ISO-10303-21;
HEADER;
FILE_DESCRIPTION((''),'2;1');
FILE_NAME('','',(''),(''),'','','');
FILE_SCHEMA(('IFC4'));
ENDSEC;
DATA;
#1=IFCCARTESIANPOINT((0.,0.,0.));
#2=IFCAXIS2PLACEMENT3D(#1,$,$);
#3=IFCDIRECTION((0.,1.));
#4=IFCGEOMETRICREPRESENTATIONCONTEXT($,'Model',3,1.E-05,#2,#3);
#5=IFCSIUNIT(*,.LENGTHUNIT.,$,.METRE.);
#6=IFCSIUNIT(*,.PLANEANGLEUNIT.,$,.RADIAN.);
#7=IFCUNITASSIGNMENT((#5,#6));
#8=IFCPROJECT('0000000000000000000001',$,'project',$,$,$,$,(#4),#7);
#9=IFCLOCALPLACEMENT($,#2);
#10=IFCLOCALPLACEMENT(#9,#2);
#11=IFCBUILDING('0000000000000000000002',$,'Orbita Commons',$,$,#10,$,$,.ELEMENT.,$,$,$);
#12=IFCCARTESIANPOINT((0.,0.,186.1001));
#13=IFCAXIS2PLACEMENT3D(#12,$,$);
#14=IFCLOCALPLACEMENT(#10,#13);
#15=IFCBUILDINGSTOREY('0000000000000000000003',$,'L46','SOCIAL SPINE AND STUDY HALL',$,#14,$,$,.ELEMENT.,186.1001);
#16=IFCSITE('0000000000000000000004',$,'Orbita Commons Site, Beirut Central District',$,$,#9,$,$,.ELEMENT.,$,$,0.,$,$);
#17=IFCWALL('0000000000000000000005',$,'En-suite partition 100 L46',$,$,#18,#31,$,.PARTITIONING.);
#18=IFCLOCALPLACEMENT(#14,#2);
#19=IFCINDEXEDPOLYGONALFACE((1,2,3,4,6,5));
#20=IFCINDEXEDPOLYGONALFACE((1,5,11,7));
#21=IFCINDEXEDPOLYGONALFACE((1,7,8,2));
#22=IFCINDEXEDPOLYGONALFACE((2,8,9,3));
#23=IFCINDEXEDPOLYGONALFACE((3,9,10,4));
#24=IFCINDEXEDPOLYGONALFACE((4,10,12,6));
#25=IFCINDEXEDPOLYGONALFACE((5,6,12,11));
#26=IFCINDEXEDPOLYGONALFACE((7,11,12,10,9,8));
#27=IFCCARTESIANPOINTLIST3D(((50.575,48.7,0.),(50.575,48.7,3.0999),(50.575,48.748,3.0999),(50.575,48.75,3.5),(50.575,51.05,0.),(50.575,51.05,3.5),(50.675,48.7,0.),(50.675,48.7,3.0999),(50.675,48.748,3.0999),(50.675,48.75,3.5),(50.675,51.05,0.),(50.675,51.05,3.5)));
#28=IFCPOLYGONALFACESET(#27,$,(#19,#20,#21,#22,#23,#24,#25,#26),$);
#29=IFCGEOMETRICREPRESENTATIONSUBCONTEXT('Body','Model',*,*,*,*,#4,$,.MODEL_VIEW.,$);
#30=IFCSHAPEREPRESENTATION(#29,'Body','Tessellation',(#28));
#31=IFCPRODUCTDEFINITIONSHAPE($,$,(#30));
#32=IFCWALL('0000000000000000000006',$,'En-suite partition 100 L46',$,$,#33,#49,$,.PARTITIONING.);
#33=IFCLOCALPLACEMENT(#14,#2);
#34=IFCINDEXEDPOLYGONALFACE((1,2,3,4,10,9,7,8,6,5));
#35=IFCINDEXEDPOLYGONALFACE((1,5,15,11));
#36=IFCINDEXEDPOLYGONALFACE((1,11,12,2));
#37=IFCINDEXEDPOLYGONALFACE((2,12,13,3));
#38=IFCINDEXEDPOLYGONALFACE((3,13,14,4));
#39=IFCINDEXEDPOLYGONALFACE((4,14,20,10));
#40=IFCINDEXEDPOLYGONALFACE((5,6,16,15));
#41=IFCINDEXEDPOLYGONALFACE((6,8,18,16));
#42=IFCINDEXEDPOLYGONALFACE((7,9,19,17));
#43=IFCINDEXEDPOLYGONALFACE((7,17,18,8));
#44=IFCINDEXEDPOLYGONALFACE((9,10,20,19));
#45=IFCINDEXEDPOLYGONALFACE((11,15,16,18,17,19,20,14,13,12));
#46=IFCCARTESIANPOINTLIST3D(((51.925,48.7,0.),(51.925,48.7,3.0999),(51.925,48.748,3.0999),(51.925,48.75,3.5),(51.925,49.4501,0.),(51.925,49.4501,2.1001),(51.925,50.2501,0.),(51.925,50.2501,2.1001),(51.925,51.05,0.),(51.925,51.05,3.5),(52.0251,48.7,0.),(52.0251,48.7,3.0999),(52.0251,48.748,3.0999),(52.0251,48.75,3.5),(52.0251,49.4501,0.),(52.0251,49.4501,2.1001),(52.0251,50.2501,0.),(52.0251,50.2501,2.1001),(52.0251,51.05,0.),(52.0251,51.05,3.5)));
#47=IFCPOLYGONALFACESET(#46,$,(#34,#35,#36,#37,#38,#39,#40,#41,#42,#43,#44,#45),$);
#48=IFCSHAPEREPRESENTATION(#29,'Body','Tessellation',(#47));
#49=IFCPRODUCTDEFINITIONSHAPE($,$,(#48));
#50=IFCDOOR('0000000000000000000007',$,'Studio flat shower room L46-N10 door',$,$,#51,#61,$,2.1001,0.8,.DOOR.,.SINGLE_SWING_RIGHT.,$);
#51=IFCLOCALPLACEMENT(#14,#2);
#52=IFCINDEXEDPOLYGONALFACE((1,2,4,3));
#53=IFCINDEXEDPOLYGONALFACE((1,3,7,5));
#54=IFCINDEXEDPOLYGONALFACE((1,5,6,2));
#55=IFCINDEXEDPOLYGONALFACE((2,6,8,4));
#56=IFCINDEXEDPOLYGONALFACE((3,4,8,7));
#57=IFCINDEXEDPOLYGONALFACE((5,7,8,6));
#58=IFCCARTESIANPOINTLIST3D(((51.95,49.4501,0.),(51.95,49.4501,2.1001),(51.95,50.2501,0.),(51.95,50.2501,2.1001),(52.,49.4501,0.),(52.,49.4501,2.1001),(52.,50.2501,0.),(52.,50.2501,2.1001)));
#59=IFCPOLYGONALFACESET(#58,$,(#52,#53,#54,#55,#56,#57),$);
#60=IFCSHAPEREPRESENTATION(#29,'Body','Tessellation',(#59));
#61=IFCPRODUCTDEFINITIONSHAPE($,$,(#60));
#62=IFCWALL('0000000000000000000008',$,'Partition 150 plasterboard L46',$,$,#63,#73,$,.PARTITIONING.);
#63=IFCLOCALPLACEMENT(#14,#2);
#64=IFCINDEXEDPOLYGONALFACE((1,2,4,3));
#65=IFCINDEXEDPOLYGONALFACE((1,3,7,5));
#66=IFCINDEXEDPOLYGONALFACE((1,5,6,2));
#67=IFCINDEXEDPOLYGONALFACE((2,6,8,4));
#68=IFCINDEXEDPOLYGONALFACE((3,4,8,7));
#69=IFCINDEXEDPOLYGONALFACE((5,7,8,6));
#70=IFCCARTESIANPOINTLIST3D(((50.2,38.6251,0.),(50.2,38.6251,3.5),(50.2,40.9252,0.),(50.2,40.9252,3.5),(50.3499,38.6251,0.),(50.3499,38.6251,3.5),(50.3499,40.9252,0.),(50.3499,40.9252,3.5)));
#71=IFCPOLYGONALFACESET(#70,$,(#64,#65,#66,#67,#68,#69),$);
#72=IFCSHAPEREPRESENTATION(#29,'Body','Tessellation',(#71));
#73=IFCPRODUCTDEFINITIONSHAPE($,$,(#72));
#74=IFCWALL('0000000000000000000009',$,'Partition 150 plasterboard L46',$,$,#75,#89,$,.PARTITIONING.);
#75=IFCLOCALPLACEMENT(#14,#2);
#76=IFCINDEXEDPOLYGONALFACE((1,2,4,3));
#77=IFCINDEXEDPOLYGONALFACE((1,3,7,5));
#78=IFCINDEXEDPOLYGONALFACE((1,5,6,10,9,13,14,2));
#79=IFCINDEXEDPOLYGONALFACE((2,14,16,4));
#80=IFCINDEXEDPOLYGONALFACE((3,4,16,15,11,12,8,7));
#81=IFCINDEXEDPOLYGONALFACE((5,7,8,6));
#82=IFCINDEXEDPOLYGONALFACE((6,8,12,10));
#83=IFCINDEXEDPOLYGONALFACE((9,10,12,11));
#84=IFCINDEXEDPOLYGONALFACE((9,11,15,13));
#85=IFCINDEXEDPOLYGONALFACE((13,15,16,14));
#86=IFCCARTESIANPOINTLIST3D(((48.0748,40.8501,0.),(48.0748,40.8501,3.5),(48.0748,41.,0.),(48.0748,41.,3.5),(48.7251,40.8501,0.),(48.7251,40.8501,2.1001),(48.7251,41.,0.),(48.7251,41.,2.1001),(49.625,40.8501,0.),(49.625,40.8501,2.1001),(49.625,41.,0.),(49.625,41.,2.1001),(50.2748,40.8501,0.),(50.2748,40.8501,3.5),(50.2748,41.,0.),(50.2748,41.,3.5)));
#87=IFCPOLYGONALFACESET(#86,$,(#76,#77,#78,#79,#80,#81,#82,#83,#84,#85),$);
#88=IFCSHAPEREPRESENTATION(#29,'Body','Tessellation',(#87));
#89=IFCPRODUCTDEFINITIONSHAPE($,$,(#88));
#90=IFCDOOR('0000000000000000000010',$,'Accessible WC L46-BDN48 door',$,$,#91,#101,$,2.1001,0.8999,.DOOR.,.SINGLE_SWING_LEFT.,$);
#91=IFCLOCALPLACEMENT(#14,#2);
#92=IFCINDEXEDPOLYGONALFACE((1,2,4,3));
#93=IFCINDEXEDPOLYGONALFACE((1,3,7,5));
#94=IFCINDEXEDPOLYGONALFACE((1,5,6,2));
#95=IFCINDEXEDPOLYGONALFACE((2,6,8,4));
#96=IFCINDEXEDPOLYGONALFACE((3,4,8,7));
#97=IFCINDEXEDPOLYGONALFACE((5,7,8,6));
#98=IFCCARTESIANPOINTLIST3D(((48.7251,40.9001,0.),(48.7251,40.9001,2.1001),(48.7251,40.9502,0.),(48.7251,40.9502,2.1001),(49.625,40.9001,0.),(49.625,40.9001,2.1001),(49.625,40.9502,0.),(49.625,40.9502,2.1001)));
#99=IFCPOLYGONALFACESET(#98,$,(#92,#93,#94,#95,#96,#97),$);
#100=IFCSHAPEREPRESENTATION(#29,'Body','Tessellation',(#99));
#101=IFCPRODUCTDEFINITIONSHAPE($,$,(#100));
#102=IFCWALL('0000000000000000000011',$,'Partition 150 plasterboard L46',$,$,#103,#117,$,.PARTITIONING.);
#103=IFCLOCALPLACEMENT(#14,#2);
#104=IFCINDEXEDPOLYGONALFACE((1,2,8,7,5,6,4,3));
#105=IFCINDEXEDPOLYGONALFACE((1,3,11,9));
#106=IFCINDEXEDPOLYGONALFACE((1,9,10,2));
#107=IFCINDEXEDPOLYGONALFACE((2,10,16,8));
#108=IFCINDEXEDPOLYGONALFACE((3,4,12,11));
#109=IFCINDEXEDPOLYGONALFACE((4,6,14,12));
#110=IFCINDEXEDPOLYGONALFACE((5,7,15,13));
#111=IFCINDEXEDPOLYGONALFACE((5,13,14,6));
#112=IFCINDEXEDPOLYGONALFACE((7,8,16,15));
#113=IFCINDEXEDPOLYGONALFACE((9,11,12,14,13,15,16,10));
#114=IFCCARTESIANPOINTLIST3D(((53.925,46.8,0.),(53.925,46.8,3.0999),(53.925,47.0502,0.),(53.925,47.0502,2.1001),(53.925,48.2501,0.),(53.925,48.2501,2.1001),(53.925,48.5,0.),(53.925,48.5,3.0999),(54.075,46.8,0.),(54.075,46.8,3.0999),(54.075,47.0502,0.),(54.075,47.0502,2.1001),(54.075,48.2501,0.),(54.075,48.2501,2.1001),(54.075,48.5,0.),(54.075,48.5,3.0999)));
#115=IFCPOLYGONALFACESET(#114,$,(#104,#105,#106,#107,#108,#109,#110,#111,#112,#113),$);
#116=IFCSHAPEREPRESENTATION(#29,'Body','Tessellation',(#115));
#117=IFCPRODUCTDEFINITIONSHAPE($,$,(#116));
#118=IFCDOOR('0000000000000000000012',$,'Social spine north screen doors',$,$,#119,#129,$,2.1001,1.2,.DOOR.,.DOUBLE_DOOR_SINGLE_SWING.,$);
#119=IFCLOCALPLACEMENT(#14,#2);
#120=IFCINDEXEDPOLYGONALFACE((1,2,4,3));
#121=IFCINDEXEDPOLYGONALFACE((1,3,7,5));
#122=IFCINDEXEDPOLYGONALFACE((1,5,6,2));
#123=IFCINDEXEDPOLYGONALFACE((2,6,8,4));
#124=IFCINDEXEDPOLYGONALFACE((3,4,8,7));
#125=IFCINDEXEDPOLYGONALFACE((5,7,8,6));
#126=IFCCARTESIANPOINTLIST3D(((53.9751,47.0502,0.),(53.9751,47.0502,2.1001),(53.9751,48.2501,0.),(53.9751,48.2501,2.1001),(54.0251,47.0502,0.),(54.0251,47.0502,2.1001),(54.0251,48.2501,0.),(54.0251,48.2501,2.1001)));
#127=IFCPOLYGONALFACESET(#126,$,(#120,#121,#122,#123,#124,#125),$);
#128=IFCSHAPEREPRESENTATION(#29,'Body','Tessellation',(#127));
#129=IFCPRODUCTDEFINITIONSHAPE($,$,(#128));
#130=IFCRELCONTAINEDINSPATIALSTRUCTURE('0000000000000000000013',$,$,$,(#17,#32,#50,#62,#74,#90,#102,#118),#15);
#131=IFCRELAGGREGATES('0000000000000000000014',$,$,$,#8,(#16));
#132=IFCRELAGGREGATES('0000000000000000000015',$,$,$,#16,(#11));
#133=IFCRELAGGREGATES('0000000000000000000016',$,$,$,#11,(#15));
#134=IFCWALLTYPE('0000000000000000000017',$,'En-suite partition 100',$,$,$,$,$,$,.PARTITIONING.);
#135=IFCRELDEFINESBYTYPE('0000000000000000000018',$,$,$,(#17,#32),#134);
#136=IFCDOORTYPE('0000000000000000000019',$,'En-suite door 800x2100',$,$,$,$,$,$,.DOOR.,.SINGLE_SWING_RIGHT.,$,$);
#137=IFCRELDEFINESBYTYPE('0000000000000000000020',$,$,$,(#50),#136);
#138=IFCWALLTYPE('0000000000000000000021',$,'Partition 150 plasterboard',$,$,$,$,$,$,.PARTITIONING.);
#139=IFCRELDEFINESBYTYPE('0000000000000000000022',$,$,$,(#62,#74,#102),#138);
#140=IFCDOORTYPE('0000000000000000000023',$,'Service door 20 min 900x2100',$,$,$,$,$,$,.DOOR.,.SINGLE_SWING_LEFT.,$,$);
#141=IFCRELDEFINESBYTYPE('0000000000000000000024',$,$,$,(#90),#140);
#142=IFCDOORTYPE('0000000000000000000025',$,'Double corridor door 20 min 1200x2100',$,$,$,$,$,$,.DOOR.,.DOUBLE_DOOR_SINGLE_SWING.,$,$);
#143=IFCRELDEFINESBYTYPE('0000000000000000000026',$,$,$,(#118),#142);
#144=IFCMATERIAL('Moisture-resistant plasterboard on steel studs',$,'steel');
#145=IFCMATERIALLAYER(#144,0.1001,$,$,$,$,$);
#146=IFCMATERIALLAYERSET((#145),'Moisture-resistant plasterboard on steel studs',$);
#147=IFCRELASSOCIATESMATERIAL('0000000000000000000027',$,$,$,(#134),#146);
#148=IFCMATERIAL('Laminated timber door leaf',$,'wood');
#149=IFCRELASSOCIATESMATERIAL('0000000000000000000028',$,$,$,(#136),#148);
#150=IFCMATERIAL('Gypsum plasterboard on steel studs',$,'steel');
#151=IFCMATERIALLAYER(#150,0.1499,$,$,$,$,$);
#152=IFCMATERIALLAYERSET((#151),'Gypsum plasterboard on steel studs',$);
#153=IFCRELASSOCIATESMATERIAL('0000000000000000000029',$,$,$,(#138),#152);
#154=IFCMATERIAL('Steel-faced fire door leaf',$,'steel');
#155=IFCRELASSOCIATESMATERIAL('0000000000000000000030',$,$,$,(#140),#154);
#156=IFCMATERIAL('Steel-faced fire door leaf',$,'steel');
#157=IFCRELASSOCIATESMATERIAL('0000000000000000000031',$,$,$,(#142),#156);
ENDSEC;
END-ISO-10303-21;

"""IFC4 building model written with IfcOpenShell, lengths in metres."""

from ifc_helpers import new_model, si_unit, direction, frame, frame_2d, origin, place, context, subcontext, project, spatial, polyline, rectangle, outline, extrude, material, layer, layer_set, type_object, element, fill, save


model = new_model("IFC4")

# Units and contexts
model_context = context("Model", 3, precision=1e-05, world=origin(), true_north=direction((0.0, 1.0)))
body_context = subcontext(model_context, "Body", "Model", "MODEL_VIEW")
ifc_project = project(units=[si_unit("LENGTHUNIT", "METRE"), si_unit("PLANEANGLEUNIT", "RADIAN")], contexts=[model_context])

# Site, building, storey
site_placement = place(None, origin())
site = spatial("IfcSite", under=ifc_project, at=site_placement, Name="Orbita Commons Site, Beirut Central District", CompositionType="ELEMENT", RefElevation=0.0)
building_placement = place(site_placement, origin())
building = spatial("IfcBuilding", under=site, at=building_placement, Name="Orbita Commons", CompositionType="ELEMENT")
storey_placement = place(building_placement, frame((0.0, 0.0, 186.1001)))
storey = spatial("IfcBuildingStorey", under=building, at=storey_placement, Name="L46", Description="SOCIAL SPINE AND STUDY HALL", CompositionType="ELEMENT", Elevation=186.1001)

# Shared definitions
ifc_material_1 = material(Name="Moisture-resistant plasterboard on steel studs", Category="steel")
ifc_layer_1 = layer(ifc_material_1, 0.1001)
ifc_layer_set_1 = layer_set([ifc_layer_1], Name="Moisture-resistant plasterboard on steel studs")
wall_type_1 = type_object("IfcWallType", Name="En-suite partition 100", PredefinedType="PARTITIONING", material=ifc_layer_set_1)

# Shared definitions
ifc_material_2 = material(Name="Laminated timber door leaf", Category="wood")
door_type_1 = type_object("IfcDoorType", Name="En-suite door 800x2100", OperationType="SINGLE_SWING_RIGHT", PredefinedType="DOOR", material=ifc_material_2)

# Wall
wall_1_placement = place(storey_placement, frame((50.625, 51.05, 0.0), z_axis=(0.0, 0.0, 1.0), x_axis=(0.0, -1.0, 0.0)))
element("IfcWall", 1, at=wall_1_placement, inside=storey, type_object=wall_type_1, Name="En-suite partition 100 L46", PredefinedType="PARTITIONING", context=body_context, shape_type="SweptSolid", body=[
    extrude(outline(polyline([(0.0, 0.0), (2.3501, 0.0), (2.3501, 3.0999), (2.302, 3.0999), (2.3, 3.5), (0.0, 3.5), (0.0, 0.0)])), frame((0.0, 0.05, 0.0), z_axis=(0.0, -1.0, 0.0), x_axis=(1.0, 0.0, 0.0)), (0.0, 0.0, 1.0), 0.1001),
])

# Wall, opening, door
wall_2_placement = place(storey_placement, frame((51.9751, 51.05, 0.0), z_axis=(0.0, 0.0, 1.0), x_axis=(0.0, -1.0, 0.0)))
wall_2 = element("IfcWall", 2, at=wall_2_placement, inside=storey, type_object=wall_type_1, Name="En-suite partition 100 L46", PredefinedType="PARTITIONING", context=body_context, shape_type="SweptSolid", body=[
    extrude(outline(polyline([(0.0, 0.0), (2.3501, 0.0), (2.3501, 3.0999), (2.302, 3.0999), (2.3, 3.5), (0.0, 3.5), (0.0, 0.0)])), frame((0.0, 0.05, 0.0), z_axis=(0.0, -1.0, 0.0), x_axis=(1.0, 0.0, 0.0)), (0.0, 0.0, 1.0), 0.1001),
])
opening_1_placement = place(wall_2_placement, frame((0.8, 0.0, 0.0)))
opening_1 = element("IfcOpeningElement", 3, at=opening_1_placement, cuts=wall_2, PredefinedType="OPENING", context=body_context, shape_type="SweptSolid", body=[
    extrude(rectangle(XDim=0.8, YDim=2.1001, at=frame_2d((0.3999, 1.05))), frame((0.0, 0.0601, 0.0), z_axis=(0.0, -1.0, 0.0), x_axis=(1.0, 0.0, 0.0)), (0.0, 0.0, 1.0), 0.1201),
])
door_1_placement = place(opening_1_placement, origin())
door_1 = element("IfcDoor", 4, at=door_1_placement, inside=storey, type_object=door_type_1, Name="Studio flat shower room L46-N10 door", OperationType="SINGLE_SWING_RIGHT", OverallHeight=2.1001, OverallWidth=0.8, PredefinedType="DOOR", context=body_context, shape_type="SweptSolid", body=[
    extrude(rectangle(XDim=0.8, YDim=2.1001, at=frame_2d((0.3999, 1.05))), frame((0.0, 0.0249, 0.0), z_axis=(0.0, -1.0, 0.0), x_axis=(1.0, 0.0, 0.0)), (0.0, 0.0, 1.0), 0.05),
])
fill(opening_1, door_1)

# Wall
ifc_material_3 = material(Name="Gypsum plasterboard on steel studs", Category="steel")
ifc_layer_2 = layer(ifc_material_3, 0.1499)
ifc_layer_set_2 = layer_set([ifc_layer_2], Name="Gypsum plasterboard on steel studs")
wall_type_2 = type_object("IfcWallType", Name="Partition 150 plasterboard", PredefinedType="PARTITIONING", material=ifc_layer_set_2)
wall_3_placement = place(storey_placement, frame((50.2749, 40.925, 0.0), z_axis=(0.0, 0.0, 1.0), x_axis=(0.0, -1.0, 0.0)))
element("IfcWall", 5, at=wall_3_placement, inside=storey, type_object=wall_type_2, Name="Partition 150 plasterboard L46", PredefinedType="PARTITIONING", context=body_context, shape_type="SweptSolid", body=[
    extrude(rectangle(XDim=2.3, YDim=0.1499, at=frame_2d((1.1499, 0.0))), origin(), (0.0, 0.0, 1.0), 3.5),
])

# Walls, openings, doors
wall_4_placement = place(storey_placement, frame((50.2749, 40.925, 0.0), z_axis=(0.0, 0.0, 1.0), x_axis=(-1.0, 0.0, 0.0)))
wall_4 = element("IfcWall", 6, at=wall_4_placement, inside=storey, type_object=wall_type_2, Name="Partition 150 plasterboard L46", PredefinedType="PARTITIONING", context=body_context, shape_type="SweptSolid", body=[
    extrude(rectangle(XDim=2.2, YDim=0.1499, at=frame_2d((1.1001, 0.0))), origin(), (0.0, 0.0, 1.0), 3.5),
])
opening_2_placement = place(wall_4_placement, frame((0.6499, 0.0, 0.0)))
opening_2 = element("IfcOpeningElement", 7, at=opening_2_placement, cuts=wall_4, PredefinedType="OPENING", context=body_context, shape_type="SweptSolid", body=[
    extrude(rectangle(XDim=0.8999, YDim=2.1001, at=frame_2d((0.45, 1.05))), frame((0.0, 0.085, 0.0), z_axis=(0.0, -1.0, 0.0), x_axis=(1.0, 0.0, 0.0)), (0.0, 0.0, 1.0), 0.1699),
])
ifc_material_4 = material(Name="Steel-faced fire door leaf", Category="steel")
door_type_2 = type_object("IfcDoorType", Name="Service door 20 min 900x2100", OperationType="SINGLE_SWING_LEFT", PredefinedType="DOOR", material=ifc_material_4)
door_2_placement = place(opening_2_placement, origin())
door_2 = element("IfcDoor", 8, at=door_2_placement, inside=storey, type_object=door_type_2, Name="Accessible WC L46-BDN48 door", OperationType="SINGLE_SWING_LEFT", OverallHeight=2.1001, OverallWidth=0.8999, PredefinedType="DOOR", context=body_context, shape_type="SweptSolid", body=[
    extrude(rectangle(XDim=0.8999, YDim=2.1001, at=frame_2d((0.45, 1.05))), frame((0.0, 0.0249, 0.0), z_axis=(0.0, -1.0, 0.0), x_axis=(1.0, 0.0, 0.0)), (0.0, 0.0, 1.0), 0.05),
])
fill(opening_2, door_2)
wall_5_placement = place(storey_placement, frame((54.0, 46.8, 0.0), z_axis=(0.0, 0.0, 1.0), x_axis=(0.0, 1.0, 0.0)))
wall_5 = element("IfcWall", 9, at=wall_5_placement, inside=storey, type_object=wall_type_2, Name="Partition 150 plasterboard L46", PredefinedType="PARTITIONING", context=body_context, shape_type="SweptSolid", body=[
    extrude(outline(polyline([(0.0, 0.0), (1.7, 0.0), (1.7, 3.0999), (0.0, 3.0999), (0.0, 0.0)])), frame((0.0, 0.075, 0.0), z_axis=(0.0, -1.0, 0.0), x_axis=(1.0, 0.0, 0.0)), (0.0, 0.0, 1.0), 0.1499),
])
opening_3_placement = place(wall_5_placement, frame((0.25, 0.0, 0.0)))
opening_3 = element("IfcOpeningElement", 10, at=opening_3_placement, cuts=wall_5, PredefinedType="OPENING", context=body_context, shape_type="SweptSolid", body=[
    extrude(rectangle(XDim=1.2, YDim=2.1001, at=frame_2d((0.6001, 1.05))), frame((0.0, 0.085, 0.0), z_axis=(0.0, -1.0, 0.0), x_axis=(1.0, 0.0, 0.0)), (0.0, 0.0, 1.0), 0.1699),
])
ifc_material_5 = material(Name="Steel-faced fire door leaf", Category="steel")
door_type_3 = type_object("IfcDoorType", Name="Double corridor door 20 min 1200x2100", OperationType="DOUBLE_DOOR_SINGLE_SWING", PredefinedType="DOOR", material=ifc_material_5)
door_3_placement = place(opening_3_placement, origin())
door_3 = element("IfcDoor", 11, at=door_3_placement, inside=storey, type_object=door_type_3, Name="Social spine north screen doors", OperationType="DOUBLE_DOOR_SINGLE_SWING", OverallHeight=2.1001, OverallWidth=1.2, PredefinedType="DOOR", context=body_context, shape_type="SweptSolid", body=[
    extrude(rectangle(XDim=1.2, YDim=2.1001, at=frame_2d((0.6001, 1.05))), frame((0.0, 0.0249, 0.0), z_axis=(0.0, -1.0, 0.0), x_axis=(1.0, 0.0, 0.0)), (0.0, 0.0, 1.0), 0.05),
])
fill(opening_3, door_3)

save(model, "model.ifc")
